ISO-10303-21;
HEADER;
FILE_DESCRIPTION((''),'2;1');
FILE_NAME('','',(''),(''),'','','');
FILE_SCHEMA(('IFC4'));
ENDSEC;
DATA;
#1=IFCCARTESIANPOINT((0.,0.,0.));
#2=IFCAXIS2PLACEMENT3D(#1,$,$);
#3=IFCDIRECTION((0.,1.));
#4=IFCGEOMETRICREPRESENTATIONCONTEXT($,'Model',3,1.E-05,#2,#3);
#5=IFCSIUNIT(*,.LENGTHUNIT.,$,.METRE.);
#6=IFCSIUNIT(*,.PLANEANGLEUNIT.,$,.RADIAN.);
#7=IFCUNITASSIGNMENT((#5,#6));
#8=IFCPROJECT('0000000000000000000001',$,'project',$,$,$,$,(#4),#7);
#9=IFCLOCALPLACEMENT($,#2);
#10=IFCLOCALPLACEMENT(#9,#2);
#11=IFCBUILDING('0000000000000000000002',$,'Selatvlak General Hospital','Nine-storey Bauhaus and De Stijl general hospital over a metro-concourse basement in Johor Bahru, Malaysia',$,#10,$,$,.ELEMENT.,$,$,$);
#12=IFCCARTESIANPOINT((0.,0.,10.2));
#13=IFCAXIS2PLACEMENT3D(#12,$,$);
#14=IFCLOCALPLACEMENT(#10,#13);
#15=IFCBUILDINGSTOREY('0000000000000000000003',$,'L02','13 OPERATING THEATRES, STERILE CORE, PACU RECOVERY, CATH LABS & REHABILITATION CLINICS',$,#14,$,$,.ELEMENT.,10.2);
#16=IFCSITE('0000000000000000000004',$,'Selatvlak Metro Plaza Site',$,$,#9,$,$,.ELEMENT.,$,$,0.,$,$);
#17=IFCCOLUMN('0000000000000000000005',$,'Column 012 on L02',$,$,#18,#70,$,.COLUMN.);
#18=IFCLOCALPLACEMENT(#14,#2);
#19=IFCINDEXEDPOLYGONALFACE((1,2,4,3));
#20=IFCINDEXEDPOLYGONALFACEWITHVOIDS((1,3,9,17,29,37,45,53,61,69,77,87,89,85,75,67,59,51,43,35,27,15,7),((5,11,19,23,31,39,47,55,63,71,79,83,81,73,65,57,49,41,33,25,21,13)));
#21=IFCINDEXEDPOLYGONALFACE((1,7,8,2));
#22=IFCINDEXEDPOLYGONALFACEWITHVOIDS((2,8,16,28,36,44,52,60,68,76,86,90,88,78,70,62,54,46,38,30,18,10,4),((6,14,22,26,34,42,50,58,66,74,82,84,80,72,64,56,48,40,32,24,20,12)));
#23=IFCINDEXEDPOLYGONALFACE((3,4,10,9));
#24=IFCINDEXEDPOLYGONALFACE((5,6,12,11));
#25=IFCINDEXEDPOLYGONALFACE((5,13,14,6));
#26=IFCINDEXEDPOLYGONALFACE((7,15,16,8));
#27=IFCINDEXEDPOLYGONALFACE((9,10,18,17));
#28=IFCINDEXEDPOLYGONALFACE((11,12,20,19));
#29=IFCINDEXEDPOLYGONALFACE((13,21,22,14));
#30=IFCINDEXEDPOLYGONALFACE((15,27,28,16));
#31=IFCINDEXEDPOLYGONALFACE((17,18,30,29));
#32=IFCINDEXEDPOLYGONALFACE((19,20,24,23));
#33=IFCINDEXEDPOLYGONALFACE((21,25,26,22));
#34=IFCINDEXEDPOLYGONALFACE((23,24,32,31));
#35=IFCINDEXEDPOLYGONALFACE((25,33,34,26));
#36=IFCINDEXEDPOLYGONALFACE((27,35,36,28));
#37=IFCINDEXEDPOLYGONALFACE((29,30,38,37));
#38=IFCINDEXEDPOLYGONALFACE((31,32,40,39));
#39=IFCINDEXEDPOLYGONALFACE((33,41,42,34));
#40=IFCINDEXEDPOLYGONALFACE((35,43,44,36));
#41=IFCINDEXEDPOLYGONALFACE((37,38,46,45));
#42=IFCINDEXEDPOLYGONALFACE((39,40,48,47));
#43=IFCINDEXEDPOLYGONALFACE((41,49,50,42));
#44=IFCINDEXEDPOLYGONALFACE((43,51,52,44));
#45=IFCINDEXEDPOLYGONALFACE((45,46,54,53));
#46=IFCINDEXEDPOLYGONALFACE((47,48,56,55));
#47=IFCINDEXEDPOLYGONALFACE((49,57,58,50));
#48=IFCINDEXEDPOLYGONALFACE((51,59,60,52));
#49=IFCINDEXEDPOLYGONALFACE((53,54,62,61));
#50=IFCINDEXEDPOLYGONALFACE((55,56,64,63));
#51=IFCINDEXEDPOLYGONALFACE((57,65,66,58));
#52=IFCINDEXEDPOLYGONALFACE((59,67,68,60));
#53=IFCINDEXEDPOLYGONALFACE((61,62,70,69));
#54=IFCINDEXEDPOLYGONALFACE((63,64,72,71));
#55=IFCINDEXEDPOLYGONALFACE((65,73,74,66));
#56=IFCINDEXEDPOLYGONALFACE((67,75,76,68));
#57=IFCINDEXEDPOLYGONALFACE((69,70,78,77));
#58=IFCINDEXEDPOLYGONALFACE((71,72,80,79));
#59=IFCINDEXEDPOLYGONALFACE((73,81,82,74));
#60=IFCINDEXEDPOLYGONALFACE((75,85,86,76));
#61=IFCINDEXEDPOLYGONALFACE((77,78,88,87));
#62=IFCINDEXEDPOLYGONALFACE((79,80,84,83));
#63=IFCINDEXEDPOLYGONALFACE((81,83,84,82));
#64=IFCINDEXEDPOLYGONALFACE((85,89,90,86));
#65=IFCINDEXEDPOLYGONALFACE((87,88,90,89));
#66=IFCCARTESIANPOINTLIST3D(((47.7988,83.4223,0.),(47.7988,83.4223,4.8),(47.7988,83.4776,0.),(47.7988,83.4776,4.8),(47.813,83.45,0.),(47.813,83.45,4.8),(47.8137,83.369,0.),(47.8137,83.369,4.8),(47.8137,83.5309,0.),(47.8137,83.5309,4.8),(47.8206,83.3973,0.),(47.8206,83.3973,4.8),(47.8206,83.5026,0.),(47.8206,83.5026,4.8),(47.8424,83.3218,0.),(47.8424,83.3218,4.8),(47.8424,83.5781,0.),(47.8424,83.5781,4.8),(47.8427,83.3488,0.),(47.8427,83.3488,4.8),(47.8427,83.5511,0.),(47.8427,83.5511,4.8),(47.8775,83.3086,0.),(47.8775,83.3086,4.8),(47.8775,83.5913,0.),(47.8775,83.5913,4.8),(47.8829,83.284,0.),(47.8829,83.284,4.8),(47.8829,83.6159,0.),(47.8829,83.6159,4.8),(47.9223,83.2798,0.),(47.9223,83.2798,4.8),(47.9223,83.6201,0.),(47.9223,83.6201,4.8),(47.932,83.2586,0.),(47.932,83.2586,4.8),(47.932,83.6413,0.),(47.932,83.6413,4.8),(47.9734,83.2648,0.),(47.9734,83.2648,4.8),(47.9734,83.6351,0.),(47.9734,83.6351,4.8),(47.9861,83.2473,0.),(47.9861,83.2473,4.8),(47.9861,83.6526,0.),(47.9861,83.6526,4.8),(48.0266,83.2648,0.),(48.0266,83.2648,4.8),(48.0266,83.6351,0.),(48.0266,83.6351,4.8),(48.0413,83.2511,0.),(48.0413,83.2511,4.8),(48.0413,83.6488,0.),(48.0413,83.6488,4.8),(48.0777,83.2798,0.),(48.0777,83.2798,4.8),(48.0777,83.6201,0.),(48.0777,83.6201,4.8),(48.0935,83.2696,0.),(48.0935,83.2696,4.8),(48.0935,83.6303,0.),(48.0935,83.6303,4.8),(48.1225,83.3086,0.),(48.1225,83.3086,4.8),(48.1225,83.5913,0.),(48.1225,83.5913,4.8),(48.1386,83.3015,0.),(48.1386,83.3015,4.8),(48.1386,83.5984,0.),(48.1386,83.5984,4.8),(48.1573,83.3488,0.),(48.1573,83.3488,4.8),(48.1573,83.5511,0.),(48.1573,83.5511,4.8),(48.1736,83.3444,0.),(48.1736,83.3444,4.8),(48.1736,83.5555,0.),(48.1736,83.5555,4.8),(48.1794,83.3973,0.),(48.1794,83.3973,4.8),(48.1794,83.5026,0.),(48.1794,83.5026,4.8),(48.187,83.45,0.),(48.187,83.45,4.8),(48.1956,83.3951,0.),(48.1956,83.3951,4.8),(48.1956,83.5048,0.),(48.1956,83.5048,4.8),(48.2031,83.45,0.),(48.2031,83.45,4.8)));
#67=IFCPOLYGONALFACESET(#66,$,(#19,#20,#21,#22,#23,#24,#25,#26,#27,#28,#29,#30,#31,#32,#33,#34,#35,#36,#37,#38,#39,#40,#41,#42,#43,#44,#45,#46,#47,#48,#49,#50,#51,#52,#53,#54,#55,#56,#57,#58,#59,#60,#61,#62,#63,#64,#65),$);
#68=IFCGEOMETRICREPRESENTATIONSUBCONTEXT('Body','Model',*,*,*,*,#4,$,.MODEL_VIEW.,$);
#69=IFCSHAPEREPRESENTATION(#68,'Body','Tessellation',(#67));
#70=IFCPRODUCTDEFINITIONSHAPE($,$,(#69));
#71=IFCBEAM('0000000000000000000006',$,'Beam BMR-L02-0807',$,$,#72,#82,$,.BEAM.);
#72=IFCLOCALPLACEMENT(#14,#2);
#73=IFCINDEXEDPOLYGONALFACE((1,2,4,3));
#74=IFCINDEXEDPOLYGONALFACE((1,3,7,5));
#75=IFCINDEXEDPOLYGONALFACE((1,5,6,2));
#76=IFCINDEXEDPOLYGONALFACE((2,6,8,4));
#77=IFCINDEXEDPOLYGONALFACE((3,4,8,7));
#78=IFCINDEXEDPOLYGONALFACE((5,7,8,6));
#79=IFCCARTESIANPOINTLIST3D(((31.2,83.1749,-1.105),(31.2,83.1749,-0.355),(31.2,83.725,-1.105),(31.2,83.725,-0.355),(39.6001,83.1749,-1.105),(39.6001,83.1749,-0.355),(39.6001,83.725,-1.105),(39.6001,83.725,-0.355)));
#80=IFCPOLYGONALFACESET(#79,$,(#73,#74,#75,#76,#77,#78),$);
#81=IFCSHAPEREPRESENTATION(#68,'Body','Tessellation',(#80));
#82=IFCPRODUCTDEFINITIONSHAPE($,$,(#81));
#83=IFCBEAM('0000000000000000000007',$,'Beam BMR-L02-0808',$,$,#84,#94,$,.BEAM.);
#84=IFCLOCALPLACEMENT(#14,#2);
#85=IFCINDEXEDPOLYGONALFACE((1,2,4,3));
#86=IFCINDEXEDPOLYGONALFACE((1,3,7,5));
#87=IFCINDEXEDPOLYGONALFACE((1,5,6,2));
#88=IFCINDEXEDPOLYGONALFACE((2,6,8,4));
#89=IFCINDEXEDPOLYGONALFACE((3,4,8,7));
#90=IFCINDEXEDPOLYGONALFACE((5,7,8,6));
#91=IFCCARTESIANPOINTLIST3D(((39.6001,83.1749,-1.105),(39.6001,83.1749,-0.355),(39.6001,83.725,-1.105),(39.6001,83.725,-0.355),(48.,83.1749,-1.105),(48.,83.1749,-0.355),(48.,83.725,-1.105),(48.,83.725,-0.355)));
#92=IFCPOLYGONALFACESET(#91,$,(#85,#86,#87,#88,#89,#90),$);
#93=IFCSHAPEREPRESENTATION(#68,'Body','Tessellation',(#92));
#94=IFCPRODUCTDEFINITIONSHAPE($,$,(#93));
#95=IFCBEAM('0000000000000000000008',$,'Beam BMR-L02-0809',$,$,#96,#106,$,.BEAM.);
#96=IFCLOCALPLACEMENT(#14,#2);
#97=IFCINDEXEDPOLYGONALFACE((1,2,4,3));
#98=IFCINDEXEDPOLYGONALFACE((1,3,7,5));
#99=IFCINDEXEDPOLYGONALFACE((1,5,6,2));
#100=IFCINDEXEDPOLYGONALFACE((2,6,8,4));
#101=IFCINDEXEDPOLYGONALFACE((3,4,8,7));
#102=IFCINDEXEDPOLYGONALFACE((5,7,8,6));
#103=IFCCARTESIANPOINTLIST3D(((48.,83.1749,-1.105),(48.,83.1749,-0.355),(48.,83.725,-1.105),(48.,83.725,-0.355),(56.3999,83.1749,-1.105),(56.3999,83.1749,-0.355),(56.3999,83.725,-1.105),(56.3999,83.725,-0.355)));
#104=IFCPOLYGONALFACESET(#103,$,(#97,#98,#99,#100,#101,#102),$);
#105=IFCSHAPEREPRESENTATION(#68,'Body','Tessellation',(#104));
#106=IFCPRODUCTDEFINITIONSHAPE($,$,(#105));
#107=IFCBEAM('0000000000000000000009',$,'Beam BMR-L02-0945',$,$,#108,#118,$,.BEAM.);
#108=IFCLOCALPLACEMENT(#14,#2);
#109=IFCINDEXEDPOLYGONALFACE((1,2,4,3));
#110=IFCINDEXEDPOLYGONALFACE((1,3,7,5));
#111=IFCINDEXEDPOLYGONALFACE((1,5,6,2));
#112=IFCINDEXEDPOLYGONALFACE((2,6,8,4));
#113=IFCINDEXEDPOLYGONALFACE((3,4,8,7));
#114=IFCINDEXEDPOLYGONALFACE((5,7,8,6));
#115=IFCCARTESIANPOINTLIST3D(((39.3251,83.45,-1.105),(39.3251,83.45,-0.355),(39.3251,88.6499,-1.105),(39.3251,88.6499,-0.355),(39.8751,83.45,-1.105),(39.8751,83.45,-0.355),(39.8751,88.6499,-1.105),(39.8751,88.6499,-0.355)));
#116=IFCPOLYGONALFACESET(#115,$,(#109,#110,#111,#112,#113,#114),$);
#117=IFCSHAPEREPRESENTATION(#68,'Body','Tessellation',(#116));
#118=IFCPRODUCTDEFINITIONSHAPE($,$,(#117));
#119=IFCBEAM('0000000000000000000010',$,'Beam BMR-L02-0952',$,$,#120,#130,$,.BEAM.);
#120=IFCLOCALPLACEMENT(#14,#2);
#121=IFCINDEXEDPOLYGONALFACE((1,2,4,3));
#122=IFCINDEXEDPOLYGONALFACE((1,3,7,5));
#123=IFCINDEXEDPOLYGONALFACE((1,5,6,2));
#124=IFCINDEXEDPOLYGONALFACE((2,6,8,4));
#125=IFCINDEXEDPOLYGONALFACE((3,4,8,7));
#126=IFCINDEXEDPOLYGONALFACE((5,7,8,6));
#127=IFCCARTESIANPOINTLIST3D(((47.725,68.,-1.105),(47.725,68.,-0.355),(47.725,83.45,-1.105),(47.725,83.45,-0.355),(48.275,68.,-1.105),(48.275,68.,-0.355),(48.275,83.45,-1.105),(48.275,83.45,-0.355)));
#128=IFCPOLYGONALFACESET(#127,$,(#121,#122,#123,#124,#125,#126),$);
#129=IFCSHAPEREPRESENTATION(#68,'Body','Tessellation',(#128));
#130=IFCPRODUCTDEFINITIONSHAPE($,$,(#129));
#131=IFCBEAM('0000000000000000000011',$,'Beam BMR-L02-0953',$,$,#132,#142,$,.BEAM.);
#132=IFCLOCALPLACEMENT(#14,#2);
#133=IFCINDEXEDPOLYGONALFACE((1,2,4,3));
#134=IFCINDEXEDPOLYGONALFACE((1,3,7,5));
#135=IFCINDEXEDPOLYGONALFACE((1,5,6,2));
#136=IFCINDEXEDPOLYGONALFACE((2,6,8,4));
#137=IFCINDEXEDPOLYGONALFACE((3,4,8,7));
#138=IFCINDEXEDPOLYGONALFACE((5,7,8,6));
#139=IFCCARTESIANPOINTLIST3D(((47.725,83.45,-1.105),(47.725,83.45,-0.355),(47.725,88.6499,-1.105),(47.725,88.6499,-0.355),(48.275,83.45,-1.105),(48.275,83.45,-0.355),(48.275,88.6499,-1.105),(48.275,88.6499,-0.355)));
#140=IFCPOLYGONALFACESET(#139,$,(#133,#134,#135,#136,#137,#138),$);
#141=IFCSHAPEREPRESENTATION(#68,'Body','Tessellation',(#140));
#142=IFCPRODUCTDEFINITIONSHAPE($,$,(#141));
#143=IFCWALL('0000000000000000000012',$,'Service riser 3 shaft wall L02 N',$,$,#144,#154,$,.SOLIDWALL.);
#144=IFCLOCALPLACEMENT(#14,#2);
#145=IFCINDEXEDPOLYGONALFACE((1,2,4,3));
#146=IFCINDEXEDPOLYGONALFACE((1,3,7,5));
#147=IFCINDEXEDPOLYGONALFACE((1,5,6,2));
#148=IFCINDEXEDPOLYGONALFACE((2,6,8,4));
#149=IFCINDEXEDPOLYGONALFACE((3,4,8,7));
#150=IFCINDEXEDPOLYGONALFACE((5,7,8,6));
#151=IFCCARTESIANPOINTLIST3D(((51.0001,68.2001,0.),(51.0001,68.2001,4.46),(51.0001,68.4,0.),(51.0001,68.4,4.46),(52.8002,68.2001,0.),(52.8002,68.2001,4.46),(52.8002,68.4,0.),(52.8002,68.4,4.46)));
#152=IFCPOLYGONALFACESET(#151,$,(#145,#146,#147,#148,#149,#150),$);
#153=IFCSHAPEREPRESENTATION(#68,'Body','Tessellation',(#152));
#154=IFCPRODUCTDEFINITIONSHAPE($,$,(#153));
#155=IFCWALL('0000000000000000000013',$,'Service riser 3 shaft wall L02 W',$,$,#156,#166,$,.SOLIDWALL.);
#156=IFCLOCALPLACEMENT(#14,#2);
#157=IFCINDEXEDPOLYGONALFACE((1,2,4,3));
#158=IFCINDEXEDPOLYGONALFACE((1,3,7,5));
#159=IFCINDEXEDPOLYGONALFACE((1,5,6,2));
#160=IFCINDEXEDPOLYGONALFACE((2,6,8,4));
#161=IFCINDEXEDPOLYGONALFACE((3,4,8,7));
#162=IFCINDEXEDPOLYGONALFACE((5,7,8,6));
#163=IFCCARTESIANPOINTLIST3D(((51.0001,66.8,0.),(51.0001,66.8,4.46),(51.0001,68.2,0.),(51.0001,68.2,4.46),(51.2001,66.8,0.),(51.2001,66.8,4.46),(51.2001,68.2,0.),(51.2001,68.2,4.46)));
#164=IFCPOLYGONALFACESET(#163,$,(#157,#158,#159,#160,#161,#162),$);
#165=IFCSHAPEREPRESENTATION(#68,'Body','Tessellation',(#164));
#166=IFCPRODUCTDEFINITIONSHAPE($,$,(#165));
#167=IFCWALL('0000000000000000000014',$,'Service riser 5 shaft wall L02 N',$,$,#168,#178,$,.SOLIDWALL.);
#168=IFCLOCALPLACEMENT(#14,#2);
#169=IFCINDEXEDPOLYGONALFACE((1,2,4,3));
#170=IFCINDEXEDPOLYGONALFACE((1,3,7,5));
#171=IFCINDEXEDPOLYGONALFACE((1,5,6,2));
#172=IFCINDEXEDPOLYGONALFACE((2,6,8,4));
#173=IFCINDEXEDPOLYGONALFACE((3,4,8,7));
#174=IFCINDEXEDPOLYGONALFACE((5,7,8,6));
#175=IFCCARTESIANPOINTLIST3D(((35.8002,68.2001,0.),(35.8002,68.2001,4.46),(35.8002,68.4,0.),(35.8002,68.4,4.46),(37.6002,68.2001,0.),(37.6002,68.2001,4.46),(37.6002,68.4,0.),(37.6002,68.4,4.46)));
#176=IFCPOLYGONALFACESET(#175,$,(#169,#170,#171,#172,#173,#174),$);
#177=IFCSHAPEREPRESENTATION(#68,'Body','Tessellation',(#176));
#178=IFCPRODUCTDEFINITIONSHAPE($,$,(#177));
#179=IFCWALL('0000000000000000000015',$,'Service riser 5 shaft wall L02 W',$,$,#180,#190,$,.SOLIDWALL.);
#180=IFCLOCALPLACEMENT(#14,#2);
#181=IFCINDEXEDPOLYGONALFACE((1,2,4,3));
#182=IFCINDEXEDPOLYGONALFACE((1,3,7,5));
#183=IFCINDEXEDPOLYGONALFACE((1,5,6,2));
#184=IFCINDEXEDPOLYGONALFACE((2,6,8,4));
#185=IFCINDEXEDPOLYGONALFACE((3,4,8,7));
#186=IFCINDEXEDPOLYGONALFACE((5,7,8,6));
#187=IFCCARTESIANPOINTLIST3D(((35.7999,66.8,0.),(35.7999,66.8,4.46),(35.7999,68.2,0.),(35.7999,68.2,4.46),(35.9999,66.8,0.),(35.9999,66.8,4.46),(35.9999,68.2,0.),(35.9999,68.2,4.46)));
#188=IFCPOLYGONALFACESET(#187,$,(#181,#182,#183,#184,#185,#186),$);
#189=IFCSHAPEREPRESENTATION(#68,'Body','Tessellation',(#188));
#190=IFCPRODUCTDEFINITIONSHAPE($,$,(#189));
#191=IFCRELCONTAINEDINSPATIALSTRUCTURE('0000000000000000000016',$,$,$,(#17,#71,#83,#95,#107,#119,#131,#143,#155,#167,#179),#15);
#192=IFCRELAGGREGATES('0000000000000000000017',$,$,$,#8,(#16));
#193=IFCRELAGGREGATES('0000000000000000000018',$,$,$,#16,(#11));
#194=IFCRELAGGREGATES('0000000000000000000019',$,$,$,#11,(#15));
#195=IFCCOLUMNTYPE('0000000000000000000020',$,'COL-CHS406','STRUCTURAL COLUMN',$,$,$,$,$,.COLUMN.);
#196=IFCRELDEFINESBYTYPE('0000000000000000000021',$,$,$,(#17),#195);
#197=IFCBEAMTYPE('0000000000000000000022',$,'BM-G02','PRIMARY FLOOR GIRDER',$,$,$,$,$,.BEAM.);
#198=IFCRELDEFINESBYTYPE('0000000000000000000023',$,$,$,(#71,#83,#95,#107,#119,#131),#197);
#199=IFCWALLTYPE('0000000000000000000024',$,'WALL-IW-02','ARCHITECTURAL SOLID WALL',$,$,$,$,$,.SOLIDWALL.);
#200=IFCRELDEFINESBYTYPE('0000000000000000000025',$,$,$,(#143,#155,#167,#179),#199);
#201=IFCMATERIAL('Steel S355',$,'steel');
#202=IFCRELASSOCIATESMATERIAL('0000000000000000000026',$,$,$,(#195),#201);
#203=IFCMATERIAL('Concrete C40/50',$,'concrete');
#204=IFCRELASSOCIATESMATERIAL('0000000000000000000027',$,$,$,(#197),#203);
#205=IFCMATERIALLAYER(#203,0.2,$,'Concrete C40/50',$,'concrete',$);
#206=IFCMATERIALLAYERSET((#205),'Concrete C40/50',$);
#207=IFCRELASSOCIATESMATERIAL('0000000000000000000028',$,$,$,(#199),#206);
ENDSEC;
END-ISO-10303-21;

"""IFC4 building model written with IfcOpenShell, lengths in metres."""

from ifc_helpers import new_model, si_unit, direction, frame, frame_2d, origin, origin_2d, place, context, subcontext, project, spatial, rectangle, hollow_circle, extrude, material, layer, layer_set, material_profile, profile_set, type_object, element, save


model = new_model("IFC4")

# Units and contexts
model_context = context("Model", 3, precision=1e-05, world=origin(), true_north=direction((0.0, 1.0)))
body_context = subcontext(model_context, "Body", "Model", "MODEL_VIEW")
ifc_project = project(units=[si_unit("LENGTHUNIT", "METRE"), si_unit("PLANEANGLEUNIT", "RADIAN")], contexts=[model_context])

# Site, building, storey
site_placement = place(None, origin())
site = spatial("IfcSite", under=ifc_project, at=site_placement, Name="Selatvlak Metro Plaza Site", CompositionType="ELEMENT", RefElevation=0.0)
building_placement = place(site_placement, origin())
building = spatial("IfcBuilding", under=site, at=building_placement, Name="Selatvlak General Hospital", Description="Nine-storey Bauhaus and De Stijl general hospital over a metro-concourse basement in Johor Bahru, Malaysia", CompositionType="ELEMENT")
storey_placement = place(building_placement, frame((0.0, 0.0, 10.2)))
storey = spatial("IfcBuildingStorey", under=building, at=storey_placement, Name="L02", Description="13 OPERATING THEATRES, STERILE CORE, PACU RECOVERY, CATH LABS & REHABILITATION CLINICS", CompositionType="ELEMENT", Elevation=10.2)

# Column
ifc_material_1 = material(Name="Steel S355", Category="steel")
ifc_material_profile_1 = material_profile(ifc_material_1, hollow_circle(Radius=0.2031, WallThickness=0.0161, at=origin_2d()), Name="CHS 406.4x16")
ifc_profile_set_1 = profile_set([ifc_material_profile_1], Name="Steel S355")
column_type = type_object("IfcColumnType", Name="COL-CHS406", Description="STRUCTURAL COLUMN", PredefinedType="COLUMN", material=ifc_profile_set_1)
for number, where, z_axis, x_axis, name in (
    (1, (48.0, 83.45, 0.0), (0.0, 0.0, 1.0), (1.0, 0.0, 0.0), "Column 012 on L02"),
):
    element("IfcColumn", number, at=place(storey_placement, frame(where, z_axis=z_axis, x_axis=x_axis)), inside=storey, type_object=column_type, Name=name, PredefinedType="COLUMN", context=body_context, shape_type="SweptSolid", body=[
        extrude(hollow_circle(Radius=0.2031, WallThickness=0.0161, at=origin_2d()), origin(), (0.0, 0.0, 1.0), 4.8),
    ])

# Beams
ifc_material_2 = material(Name="Concrete C40/50", Category="concrete")
ifc_material_profile_2 = material_profile(ifc_material_2, rectangle(XDim=0.55, YDim=0.75, at=origin_2d()), Name="RC-BM 550x750")
ifc_profile_set_2 = profile_set([ifc_material_profile_2], Name="Concrete C40/50")
beam_type = type_object("IfcBeamType", Name="BM-G02", Description="PRIMARY FLOOR GIRDER", PredefinedType="BEAM", material=ifc_profile_set_2)
beam_1_placement = place(storey_placement, frame((31.2, 83.45, -0.73), z_axis=(1.0, 0.0, 0.0), x_axis=(0.0, 1.0, 0.0)))
element("IfcBeam", 2, at=beam_1_placement, inside=storey, type_object=beam_type, Name="Beam BMR-L02-0807", PredefinedType="BEAM", context=body_context, shape_type="SweptSolid", body=[
    extrude(rectangle(XDim=0.55, YDim=0.75, at=origin_2d()), origin(), (0.0, 0.0, 1.0), 8.4001),
])
for number, where, z_axis, x_axis, name in (
    (3, (39.6001, 83.45, -0.73), (1.0, 0.0, 0.0), (0.0, 1.0, 0.0), "Beam BMR-L02-0808"),
    (4, (48.0, 83.45, -0.73), (1.0, 0.0, 0.0), (0.0, 1.0, 0.0), "Beam BMR-L02-0809"),
):
    element("IfcBeam", number, at=place(storey_placement, frame(where, z_axis=z_axis, x_axis=x_axis)), inside=storey, type_object=beam_type, Name=name, PredefinedType="BEAM", context=body_context, shape_type="SweptSolid", body=[
        extrude(rectangle(XDim=0.55, YDim=0.75, at=origin_2d()), origin(), (0.0, 0.0, 1.0), 8.3999),
    ])
beam_2_placement = place(storey_placement, frame((39.6001, 83.45, -0.73), z_axis=(0.0, 1.0, 0.0), x_axis=(-1.0, 0.0, 0.0)))
element("IfcBeam", 5, at=beam_2_placement, inside=storey, type_object=beam_type, Name="Beam BMR-L02-0945", PredefinedType="BEAM", context=body_context, shape_type="SweptSolid", body=[
    extrude(rectangle(XDim=0.55, YDim=0.75, at=origin_2d()), origin(), (0.0, 0.0, 1.0), 5.2),
])
beam_3_placement = place(storey_placement, frame((48.0, 68.0, -0.73), z_axis=(0.0, 1.0, 0.0), x_axis=(-1.0, 0.0, 0.0)))
element("IfcBeam", 6, at=beam_3_placement, inside=storey, type_object=beam_type, Name="Beam BMR-L02-0952", PredefinedType="BEAM", context=body_context, shape_type="SweptSolid", body=[
    extrude(rectangle(XDim=0.55, YDim=0.75, at=origin_2d()), origin(), (0.0, 0.0, 1.0), 15.45),
])
beam_4_placement = place(storey_placement, frame((48.0, 83.45, -0.73), z_axis=(0.0, 1.0, 0.0), x_axis=(-1.0, 0.0, 0.0)))
element("IfcBeam", 7, at=beam_4_placement, inside=storey, type_object=beam_type, Name="Beam BMR-L02-0953", PredefinedType="BEAM", context=body_context, shape_type="SweptSolid", body=[
    extrude(rectangle(XDim=0.55, YDim=0.75, at=origin_2d()), origin(), (0.0, 0.0, 1.0), 5.2),
])

# Walls
ifc_layer_1 = layer(ifc_material_2, 0.2, Name="Concrete C40/50", Category="concrete")
ifc_layer_set_1 = layer_set([ifc_layer_1], Name="Concrete C40/50")
wall_type_1 = type_object("IfcWallType", Name="WALL-IW-02", Description="ARCHITECTURAL SOLID WALL", PredefinedType="SOLIDWALL", material=ifc_layer_set_1)
wall_1_placement = place(storey_placement, frame((52.8, 68.3, 0.0), z_axis=(0.0, 0.0, 1.0), x_axis=(-1.0, 0.0, 0.0)))
element("IfcWall", 8, at=wall_1_placement, inside=storey, type_object=wall_type_1, Name="Service riser 3 shaft wall L02 N", PredefinedType="SOLIDWALL", context=body_context, shape_type="SweptSolid", body=[
    extrude(rectangle(XDim=1.8, YDim=0.2, at=frame_2d((0.8999, 0.0))), origin(), (0.0, 0.0, 1.0), 4.46),
])
wall_2_placement = place(storey_placement, frame((51.1001, 68.2, 0.0), z_axis=(0.0, 0.0, 1.0), x_axis=(0.0, -1.0, 0.0)))
element("IfcWall", 9, at=wall_2_placement, inside=storey, type_object=wall_type_1, Name="Service riser 3 shaft wall L02 W", PredefinedType="SOLIDWALL", context=body_context, shape_type="SweptSolid", body=[
    extrude(rectangle(XDim=1.3999, YDim=0.2, at=frame_2d((0.7, 0.0))), origin(), (0.0, 0.0, 1.0), 4.46),
])
wall_3_placement = place(storey_placement, frame((37.6001, 68.3, 0.0), z_axis=(0.0, 0.0, 1.0), x_axis=(-1.0, 0.0, 0.0)))
element("IfcWall", 10, at=wall_3_placement, inside=storey, type_object=wall_type_1, Name="Service riser 5 shaft wall L02 N", PredefinedType="SOLIDWALL", context=body_context, shape_type="SweptSolid", body=[
    extrude(rectangle(XDim=1.8, YDim=0.2, at=frame_2d((0.8999, 0.0))), origin(), (0.0, 0.0, 1.0), 4.46),
])
wall_4_placement = place(storey_placement, frame((35.8999, 68.2, 0.0), z_axis=(0.0, 0.0, 1.0), x_axis=(0.0, -1.0, 0.0)))
element("IfcWall", 11, at=wall_4_placement, inside=storey, type_object=wall_type_1, Name="Service riser 5 shaft wall L02 W", PredefinedType="SOLIDWALL", context=body_context, shape_type="SweptSolid", body=[
    extrude(rectangle(XDim=1.3999, YDim=0.2, at=frame_2d((0.7, 0.0))), origin(), (0.0, 0.0, 1.0), 4.46),
])

save(model, "model.ifc")
